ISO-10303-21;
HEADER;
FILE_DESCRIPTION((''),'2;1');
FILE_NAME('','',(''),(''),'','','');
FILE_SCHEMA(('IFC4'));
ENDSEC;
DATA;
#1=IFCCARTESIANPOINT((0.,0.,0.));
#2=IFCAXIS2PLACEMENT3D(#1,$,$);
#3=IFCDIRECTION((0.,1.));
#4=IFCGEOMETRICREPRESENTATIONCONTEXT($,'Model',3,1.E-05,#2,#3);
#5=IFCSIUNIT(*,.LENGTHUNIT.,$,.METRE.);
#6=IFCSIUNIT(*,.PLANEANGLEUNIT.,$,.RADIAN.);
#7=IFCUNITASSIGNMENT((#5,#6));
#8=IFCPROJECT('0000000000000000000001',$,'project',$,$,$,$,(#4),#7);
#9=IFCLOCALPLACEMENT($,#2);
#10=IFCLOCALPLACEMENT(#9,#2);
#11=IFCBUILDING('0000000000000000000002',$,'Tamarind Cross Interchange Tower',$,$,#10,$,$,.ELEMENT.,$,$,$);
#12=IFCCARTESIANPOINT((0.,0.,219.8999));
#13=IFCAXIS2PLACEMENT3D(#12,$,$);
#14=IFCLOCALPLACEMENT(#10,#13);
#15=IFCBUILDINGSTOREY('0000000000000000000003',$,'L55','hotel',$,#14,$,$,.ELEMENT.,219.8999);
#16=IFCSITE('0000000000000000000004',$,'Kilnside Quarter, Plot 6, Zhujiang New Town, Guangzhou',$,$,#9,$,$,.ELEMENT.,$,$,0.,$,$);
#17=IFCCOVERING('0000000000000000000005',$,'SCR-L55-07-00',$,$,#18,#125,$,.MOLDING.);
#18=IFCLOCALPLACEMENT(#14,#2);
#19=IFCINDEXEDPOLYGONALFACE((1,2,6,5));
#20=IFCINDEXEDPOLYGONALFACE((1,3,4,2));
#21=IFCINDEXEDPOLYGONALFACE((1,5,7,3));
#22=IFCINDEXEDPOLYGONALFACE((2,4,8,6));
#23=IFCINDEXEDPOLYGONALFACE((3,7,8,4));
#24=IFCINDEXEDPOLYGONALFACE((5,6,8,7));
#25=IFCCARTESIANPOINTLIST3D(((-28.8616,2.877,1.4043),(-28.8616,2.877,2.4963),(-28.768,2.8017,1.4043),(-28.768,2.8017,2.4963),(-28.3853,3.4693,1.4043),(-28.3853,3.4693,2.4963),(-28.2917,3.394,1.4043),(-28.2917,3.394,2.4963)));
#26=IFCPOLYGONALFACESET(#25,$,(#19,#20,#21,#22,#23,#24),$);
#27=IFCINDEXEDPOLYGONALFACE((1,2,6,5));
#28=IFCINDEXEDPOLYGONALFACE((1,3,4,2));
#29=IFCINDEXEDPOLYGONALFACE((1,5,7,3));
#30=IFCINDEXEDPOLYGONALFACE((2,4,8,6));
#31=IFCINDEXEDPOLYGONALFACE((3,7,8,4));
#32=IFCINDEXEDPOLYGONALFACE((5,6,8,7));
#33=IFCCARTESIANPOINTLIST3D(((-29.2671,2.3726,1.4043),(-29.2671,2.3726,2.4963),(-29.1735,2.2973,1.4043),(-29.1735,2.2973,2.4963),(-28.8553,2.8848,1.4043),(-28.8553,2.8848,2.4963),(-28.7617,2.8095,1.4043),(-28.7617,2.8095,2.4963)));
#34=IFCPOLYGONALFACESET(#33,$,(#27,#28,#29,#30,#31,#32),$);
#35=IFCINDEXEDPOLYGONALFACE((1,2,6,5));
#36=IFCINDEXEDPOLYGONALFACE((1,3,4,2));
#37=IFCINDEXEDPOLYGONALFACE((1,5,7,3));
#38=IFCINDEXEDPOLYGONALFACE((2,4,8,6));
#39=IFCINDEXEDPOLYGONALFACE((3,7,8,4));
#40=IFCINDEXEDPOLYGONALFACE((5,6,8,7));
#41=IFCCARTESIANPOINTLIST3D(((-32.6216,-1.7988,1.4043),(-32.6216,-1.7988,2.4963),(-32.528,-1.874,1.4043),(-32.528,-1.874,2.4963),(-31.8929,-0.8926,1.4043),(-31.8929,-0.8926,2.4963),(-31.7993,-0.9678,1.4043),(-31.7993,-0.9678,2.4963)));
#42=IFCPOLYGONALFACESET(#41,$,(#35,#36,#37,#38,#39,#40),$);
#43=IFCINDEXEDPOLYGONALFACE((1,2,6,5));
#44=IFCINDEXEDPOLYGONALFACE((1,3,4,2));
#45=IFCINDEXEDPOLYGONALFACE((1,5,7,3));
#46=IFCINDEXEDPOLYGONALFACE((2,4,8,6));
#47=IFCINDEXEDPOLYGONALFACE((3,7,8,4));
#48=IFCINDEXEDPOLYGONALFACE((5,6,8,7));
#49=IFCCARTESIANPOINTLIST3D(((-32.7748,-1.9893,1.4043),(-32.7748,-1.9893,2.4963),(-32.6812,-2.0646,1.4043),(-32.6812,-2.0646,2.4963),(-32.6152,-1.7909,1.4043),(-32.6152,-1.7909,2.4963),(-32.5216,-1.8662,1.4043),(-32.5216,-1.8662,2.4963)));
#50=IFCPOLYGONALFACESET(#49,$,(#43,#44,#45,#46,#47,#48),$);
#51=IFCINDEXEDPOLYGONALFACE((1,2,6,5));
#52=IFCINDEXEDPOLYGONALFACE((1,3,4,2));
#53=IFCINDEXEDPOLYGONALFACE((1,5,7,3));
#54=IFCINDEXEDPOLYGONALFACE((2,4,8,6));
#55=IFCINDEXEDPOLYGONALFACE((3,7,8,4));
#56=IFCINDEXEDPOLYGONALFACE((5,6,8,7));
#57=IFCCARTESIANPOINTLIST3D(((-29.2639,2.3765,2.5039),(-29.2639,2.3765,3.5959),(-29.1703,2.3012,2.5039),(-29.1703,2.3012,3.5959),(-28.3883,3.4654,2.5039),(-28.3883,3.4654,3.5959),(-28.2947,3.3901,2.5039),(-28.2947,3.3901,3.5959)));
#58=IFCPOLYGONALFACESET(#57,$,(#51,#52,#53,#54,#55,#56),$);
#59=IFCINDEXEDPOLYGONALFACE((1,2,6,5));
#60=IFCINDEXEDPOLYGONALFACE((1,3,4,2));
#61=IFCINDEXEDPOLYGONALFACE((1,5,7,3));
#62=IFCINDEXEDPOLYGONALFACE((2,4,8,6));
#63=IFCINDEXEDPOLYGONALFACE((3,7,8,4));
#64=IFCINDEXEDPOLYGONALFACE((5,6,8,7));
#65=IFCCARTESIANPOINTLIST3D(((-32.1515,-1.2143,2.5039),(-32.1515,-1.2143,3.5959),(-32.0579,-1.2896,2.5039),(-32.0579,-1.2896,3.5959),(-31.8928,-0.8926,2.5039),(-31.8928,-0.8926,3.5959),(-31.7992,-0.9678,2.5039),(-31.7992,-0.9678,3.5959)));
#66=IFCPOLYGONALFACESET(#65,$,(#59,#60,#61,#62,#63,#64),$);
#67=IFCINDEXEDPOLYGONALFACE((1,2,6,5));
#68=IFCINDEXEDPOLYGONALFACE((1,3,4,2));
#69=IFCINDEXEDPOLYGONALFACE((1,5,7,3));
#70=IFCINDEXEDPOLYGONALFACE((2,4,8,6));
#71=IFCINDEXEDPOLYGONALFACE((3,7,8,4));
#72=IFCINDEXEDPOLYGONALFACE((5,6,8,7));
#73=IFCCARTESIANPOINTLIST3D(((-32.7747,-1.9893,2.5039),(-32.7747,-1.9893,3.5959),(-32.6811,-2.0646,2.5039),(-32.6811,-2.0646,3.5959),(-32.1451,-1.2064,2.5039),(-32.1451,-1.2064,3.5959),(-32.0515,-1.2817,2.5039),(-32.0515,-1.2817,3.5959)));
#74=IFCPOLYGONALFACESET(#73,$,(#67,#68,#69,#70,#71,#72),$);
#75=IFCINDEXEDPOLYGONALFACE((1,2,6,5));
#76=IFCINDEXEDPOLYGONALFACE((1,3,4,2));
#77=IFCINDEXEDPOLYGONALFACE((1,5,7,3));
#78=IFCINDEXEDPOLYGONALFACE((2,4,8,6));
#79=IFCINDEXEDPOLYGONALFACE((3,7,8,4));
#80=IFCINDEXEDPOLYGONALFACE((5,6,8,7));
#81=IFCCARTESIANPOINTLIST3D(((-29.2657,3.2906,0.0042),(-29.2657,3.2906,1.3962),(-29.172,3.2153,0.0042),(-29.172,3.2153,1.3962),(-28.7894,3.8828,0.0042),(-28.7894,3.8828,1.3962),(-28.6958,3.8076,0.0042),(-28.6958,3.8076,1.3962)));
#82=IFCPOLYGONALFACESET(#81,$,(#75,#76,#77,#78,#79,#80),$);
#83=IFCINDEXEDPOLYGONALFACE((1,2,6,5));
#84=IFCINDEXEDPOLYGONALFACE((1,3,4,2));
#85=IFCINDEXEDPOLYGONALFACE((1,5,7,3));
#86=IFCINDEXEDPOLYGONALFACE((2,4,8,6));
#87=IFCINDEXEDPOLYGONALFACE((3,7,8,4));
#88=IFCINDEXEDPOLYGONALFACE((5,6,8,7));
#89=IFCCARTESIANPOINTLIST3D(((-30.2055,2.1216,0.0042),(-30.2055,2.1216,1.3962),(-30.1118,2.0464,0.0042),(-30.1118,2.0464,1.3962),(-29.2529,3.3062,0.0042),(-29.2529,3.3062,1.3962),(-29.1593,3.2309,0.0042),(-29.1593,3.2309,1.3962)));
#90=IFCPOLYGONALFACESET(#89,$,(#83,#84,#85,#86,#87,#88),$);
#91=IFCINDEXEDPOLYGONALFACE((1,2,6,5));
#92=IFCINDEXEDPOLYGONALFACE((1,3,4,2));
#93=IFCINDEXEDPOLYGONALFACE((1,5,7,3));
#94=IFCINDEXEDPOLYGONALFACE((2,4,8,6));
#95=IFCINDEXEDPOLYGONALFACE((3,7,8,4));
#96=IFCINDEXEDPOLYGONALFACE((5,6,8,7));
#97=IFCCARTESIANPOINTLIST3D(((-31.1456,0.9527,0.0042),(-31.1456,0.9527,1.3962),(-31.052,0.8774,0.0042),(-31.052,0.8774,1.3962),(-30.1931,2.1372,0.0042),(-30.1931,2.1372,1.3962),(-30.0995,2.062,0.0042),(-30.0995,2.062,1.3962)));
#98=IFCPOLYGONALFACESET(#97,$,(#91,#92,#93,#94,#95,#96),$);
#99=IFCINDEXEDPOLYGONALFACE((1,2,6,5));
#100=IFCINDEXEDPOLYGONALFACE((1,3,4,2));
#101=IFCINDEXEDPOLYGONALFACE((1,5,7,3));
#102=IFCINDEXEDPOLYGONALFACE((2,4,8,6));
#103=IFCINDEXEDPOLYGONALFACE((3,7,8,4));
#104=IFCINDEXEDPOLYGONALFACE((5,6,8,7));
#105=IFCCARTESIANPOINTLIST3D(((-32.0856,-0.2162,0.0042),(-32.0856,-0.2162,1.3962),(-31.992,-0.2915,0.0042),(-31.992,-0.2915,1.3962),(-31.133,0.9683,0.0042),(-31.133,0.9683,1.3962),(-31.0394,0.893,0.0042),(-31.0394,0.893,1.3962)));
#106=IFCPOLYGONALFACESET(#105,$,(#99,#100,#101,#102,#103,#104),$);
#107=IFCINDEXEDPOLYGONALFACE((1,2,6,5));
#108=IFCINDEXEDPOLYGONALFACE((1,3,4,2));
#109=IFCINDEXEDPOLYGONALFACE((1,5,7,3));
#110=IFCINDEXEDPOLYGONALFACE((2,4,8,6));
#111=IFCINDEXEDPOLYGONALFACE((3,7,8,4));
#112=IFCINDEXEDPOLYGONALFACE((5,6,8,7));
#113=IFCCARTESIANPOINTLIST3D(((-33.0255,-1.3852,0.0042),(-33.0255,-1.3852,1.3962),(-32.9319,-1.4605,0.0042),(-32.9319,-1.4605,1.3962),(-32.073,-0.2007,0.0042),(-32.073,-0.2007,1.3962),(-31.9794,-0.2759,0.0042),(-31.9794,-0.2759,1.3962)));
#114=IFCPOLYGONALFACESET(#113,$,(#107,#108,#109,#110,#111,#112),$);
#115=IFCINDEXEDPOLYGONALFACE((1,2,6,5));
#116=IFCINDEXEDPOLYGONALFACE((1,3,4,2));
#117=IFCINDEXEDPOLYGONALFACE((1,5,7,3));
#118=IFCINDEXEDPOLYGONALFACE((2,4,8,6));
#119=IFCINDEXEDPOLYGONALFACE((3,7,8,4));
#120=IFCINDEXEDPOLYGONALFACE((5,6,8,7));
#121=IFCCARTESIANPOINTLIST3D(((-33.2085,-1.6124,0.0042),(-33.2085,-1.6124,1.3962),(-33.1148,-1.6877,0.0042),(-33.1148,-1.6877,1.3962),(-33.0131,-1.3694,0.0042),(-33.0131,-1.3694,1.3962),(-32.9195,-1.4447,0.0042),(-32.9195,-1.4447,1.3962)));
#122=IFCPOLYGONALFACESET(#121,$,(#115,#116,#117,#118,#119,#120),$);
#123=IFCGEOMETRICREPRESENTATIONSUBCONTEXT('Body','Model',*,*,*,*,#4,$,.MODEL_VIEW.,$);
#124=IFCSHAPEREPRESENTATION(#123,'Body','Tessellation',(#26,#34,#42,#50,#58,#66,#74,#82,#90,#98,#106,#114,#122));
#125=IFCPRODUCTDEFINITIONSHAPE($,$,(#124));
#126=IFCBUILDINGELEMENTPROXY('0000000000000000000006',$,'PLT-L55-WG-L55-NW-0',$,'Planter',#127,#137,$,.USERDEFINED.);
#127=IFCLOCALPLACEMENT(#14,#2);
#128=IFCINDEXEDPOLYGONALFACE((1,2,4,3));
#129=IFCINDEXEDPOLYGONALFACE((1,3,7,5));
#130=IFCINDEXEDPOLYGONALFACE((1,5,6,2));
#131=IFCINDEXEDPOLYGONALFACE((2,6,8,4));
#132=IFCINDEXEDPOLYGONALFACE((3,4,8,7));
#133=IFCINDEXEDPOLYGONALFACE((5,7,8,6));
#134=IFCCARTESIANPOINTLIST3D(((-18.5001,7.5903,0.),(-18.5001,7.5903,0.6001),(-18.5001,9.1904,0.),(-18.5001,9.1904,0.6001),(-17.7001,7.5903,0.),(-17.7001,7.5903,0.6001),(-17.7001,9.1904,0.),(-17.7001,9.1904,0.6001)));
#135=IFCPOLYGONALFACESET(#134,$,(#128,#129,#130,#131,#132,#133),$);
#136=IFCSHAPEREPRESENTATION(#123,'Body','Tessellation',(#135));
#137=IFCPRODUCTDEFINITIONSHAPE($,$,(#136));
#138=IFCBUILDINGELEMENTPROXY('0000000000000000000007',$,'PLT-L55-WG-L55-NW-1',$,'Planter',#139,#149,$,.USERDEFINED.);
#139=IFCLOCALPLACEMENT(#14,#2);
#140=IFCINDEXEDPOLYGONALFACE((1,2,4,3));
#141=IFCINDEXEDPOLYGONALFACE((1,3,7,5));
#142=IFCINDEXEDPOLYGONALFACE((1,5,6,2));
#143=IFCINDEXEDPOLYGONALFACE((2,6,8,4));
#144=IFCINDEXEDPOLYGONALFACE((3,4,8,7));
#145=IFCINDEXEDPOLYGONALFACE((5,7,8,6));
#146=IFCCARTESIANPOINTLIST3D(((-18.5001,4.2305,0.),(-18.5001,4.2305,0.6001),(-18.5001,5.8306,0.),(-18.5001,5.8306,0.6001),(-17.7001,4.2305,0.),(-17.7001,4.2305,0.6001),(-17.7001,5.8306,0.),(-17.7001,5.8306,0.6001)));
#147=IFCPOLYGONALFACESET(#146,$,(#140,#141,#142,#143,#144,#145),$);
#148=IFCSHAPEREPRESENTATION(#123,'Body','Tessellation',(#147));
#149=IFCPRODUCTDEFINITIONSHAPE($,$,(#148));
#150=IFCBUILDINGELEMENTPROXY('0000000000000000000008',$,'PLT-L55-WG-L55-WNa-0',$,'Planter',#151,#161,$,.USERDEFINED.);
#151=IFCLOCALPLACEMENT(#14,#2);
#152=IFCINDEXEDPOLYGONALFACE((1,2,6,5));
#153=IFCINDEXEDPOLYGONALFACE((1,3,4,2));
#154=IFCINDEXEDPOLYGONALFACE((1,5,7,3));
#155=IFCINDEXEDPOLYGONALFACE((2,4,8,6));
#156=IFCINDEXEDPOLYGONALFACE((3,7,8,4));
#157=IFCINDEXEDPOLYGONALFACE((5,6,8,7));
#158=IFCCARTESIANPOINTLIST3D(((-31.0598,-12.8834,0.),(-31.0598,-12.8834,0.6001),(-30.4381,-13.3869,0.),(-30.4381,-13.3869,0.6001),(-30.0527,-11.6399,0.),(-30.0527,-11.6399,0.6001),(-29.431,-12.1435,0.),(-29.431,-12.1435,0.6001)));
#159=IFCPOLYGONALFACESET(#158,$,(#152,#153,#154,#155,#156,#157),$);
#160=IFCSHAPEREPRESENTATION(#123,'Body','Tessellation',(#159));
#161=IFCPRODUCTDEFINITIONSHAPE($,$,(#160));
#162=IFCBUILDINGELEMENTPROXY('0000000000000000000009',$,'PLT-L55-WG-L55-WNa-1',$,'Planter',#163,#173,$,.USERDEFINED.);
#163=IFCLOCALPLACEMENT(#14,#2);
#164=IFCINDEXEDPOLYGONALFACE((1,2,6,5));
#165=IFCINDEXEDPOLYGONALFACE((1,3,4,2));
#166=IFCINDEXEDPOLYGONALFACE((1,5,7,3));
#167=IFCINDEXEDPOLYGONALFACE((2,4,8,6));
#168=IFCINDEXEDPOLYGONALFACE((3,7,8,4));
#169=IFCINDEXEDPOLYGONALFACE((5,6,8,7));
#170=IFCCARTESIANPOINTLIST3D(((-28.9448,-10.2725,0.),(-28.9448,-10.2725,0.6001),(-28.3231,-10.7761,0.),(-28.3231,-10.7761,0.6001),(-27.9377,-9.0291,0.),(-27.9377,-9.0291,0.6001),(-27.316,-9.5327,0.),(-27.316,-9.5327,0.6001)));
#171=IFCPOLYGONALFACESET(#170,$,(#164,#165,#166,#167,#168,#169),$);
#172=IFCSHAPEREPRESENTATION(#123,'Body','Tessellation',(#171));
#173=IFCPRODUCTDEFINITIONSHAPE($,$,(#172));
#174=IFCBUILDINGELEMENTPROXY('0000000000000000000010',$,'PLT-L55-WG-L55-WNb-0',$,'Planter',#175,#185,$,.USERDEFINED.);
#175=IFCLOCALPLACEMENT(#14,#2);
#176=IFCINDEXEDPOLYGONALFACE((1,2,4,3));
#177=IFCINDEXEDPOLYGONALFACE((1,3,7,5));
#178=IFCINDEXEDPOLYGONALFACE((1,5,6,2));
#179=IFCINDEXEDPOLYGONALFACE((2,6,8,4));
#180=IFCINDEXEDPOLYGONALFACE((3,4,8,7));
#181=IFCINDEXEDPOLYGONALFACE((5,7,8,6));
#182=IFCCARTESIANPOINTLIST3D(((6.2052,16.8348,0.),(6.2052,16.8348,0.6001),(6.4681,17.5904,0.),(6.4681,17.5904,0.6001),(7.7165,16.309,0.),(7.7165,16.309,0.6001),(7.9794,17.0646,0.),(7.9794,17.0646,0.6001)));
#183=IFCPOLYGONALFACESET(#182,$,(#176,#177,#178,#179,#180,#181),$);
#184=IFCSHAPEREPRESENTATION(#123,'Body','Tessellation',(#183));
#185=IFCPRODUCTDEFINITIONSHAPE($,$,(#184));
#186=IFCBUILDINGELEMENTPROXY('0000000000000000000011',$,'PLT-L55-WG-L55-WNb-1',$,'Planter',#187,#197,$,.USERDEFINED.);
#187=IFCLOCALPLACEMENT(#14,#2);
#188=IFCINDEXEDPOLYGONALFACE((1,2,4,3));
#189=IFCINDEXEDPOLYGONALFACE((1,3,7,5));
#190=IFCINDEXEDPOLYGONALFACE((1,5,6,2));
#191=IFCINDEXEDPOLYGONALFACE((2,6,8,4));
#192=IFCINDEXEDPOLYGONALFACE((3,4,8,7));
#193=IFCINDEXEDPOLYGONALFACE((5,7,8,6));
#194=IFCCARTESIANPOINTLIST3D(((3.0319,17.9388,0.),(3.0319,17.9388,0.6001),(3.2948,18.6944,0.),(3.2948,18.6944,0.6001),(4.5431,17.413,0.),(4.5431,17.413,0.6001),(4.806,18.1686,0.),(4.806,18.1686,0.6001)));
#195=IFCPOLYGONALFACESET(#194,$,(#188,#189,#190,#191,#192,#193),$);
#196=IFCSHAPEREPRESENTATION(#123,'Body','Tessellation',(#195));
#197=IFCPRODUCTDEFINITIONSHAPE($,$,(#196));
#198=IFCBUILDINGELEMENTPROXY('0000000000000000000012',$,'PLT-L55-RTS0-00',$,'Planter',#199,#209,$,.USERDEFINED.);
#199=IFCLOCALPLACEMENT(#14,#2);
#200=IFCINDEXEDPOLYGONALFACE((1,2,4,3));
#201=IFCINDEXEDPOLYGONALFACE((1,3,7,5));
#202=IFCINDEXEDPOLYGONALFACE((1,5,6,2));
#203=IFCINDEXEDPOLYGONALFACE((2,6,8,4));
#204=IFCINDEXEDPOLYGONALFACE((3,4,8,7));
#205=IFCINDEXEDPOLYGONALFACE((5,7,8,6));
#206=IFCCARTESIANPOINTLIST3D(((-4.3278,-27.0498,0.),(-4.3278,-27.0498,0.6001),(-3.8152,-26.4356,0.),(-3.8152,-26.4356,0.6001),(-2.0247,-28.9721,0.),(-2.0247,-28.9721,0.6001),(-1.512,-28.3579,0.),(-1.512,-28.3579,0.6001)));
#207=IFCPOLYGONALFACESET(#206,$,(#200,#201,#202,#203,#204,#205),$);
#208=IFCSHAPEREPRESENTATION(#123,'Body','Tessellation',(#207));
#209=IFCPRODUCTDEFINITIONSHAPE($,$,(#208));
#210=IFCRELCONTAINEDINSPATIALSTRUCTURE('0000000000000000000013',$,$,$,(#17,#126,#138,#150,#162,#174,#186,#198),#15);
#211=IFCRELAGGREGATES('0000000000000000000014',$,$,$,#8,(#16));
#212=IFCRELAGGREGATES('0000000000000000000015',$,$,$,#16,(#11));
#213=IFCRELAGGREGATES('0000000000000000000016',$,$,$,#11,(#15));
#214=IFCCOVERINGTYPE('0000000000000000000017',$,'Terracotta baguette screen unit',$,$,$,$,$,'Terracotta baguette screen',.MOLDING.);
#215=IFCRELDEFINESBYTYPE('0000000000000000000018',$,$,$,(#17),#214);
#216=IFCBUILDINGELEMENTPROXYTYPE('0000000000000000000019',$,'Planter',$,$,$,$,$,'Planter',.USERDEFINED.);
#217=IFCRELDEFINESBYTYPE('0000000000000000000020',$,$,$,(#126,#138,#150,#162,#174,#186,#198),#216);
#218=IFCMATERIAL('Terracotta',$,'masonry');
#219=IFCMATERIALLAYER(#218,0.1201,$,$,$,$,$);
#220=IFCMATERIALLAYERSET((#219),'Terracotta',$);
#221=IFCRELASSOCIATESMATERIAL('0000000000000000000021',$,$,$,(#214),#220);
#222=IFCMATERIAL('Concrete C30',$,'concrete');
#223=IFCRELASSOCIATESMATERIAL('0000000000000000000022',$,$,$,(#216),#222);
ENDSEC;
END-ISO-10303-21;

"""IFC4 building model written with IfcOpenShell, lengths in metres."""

from ifc_helpers import new_model, si_unit, direction, frame, origin, origin_2d, place, context, subcontext, project, spatial, rectangle, extrude, material, layer, layer_set, type_object, element, save


model = new_model("IFC4")

# Units and contexts
model_context = context("Model", 3, precision=1e-05, world=origin(), true_north=direction((0.0, 1.0)))
body_context = subcontext(model_context, "Body", "Model", "MODEL_VIEW")
ifc_project = project(units=[si_unit("LENGTHUNIT", "METRE"), si_unit("PLANEANGLEUNIT", "RADIAN")], contexts=[model_context])

# Site, building, storey
site_placement = place(None, origin())
site = spatial("IfcSite", under=ifc_project, at=site_placement, Name="Kilnside Quarter, Plot 6, Zhujiang New Town, Guangzhou", CompositionType="ELEMENT", RefElevation=0.0)
building_placement = place(site_placement, origin())
building = spatial("IfcBuilding", under=site, at=building_placement, Name="Tamarind Cross Interchange Tower", CompositionType="ELEMENT")
storey_placement = place(building_placement, frame((0.0, 0.0, 219.8999)))
storey = spatial("IfcBuildingStorey", under=building, at=storey_placement, Name="L55", Description="hotel", CompositionType="ELEMENT", Elevation=219.8999)

# Covering
ifc_material_1 = material(Name="Terracotta", Category="masonry")
ifc_layer_1 = layer(ifc_material_1, 0.1201)
ifc_layer_set_1 = layer_set([ifc_layer_1], Name="Terracotta")
covering_type = type_object("IfcCoveringType", Name="Terracotta baguette screen unit", ElementType="Terracotta baguette screen", PredefinedType="MOLDING", material=ifc_layer_set_1)
covering_1_placement = place(storey_placement, origin())
element("IfcCovering", 1, at=covering_1_placement, inside=storey, type_object=covering_type, Name="SCR-L55-07-00", PredefinedType="MOLDING", context=body_context, shape_type="SweptSolid", body=[
    extrude(rectangle(XDim=0.76, YDim=0.1201, at=origin_2d()), frame((-28.5767, 3.1355, 1.4043), z_axis=(0.0, 0.0, 1.0), x_axis=(-0.626669, -0.779285, 0.0)), (0.0, 0.0, 1.0), 1.092),
    extrude(rectangle(XDim=0.6572, YDim=0.1201, at=origin_2d()), frame((-29.0144, 2.5911, 1.4043), z_axis=(0.0, 0.0, 1.0), x_axis=(-0.626669, -0.779285, 0.0)), (0.0, 0.0, 1.0), 1.092),
    extrude(rectangle(XDim=1.1628, YDim=0.1201, at=origin_2d()), frame((-32.2104, -1.3833, 1.4043), z_axis=(0.0, 0.0, 1.0), x_axis=(-0.626669, -0.779285, 0.0)), (0.0, 0.0, 1.0), 1.092),
    extrude(rectangle(XDim=0.2546, YDim=0.1201, at=origin_2d()), frame((-32.6482, -1.9277, 1.4043), z_axis=(0.0, 0.0, 1.0), x_axis=(-0.626669, -0.779285, 0.0)), (0.0, 0.0, 1.0), 1.092),
    extrude(rectangle(XDim=1.3972, YDim=0.1201, at=origin_2d()), frame((-28.7793, 2.8833, 2.5039), z_axis=(0.0, 0.0, 1.0), x_axis=(-0.626669, -0.779285, 0.0)), (0.0, 0.0, 1.0), 1.092),
    extrude(rectangle(XDim=0.4128, YDim=0.1201, at=origin_2d()), frame((-31.9753, -1.0911, 2.5039), z_axis=(0.0, 0.0, 1.0), x_axis=(-0.626669, -0.779285, 0.0)), (0.0, 0.0, 1.0), 1.092),
    extrude(rectangle(XDim=1.0046, YDim=0.1201, at=origin_2d()), frame((-32.4131, -1.6355, 2.5039), z_axis=(0.0, 0.0, 1.0), x_axis=(-0.626669, -0.779285, 0.0)), (0.0, 0.0, 1.0), 1.092),
    extrude(rectangle(XDim=0.76, YDim=0.1201, at=origin_2d()), frame((-28.9807, 3.5491, 0.0042), z_axis=(0.0, 0.0, 1.0), x_axis=(-0.626669, -0.779285, 0.0)), (0.0, 0.0, 1.0), 1.3921),
    extrude(rectangle(XDim=1.52, YDim=0.1201, at=origin_2d()), frame((-29.6824, 2.6763, 0.0042), z_axis=(0.0, 0.0, 1.0), x_axis=(-0.626669, -0.779285, 0.0)), (0.0, 0.0, 1.0), 1.3921),
    extrude(rectangle(XDim=1.52, YDim=0.1201, at=origin_2d()), frame((-30.6226, 1.5073, 0.0042), z_axis=(0.0, 0.0, 1.0), x_axis=(-0.626669, -0.779285, 0.0)), (0.0, 0.0, 1.0), 1.3921),
    extrude(rectangle(XDim=1.52, YDim=0.1201, at=origin_2d()), frame((-31.5625, 0.3384, 0.0042), z_axis=(0.0, 0.0, 1.0), x_axis=(-0.626669, -0.779285, 0.0)), (0.0, 0.0, 1.0), 1.3921),
    extrude(rectangle(XDim=1.52, YDim=0.1201, at=origin_2d()), frame((-32.5024, -0.8306, 0.0042), z_axis=(0.0, 0.0, 1.0), x_axis=(-0.626669, -0.779285, 0.0)), (0.0, 0.0, 1.0), 1.3921),
    extrude(rectangle(XDim=0.3118, YDim=0.1201, at=origin_2d()), frame((-33.064, -1.5286, 0.0042), z_axis=(0.0, 0.0, 1.0), x_axis=(-0.626669, -0.779285, 0.0)), (0.0, 0.0, 1.0), 1.3921),
])

# Building element proxies
ifc_material_2 = material(Name="Concrete C30", Category="concrete")
building_element_proxy_type = type_object("IfcBuildingElementProxyType", Name="Planter", ElementType="Planter", PredefinedType="USERDEFINED", material=ifc_material_2)
proxy_1_placement = place(storey_placement, origin())
element("IfcBuildingElementProxy", 2, at=proxy_1_placement, inside=storey, type_object=building_element_proxy_type, Name="PLT-L55-WG-L55-NW-0", ObjectType="Planter", PredefinedType="USERDEFINED", context=body_context, shape_type="SweptSolid", body=[
    extrude(rectangle(XDim=1.6001, YDim=0.8, at=origin_2d()), frame((-18.1001, 8.3904, 0.0), z_axis=(0.0, 0.0, 1.0), x_axis=(0.0, -1.0, 0.0)), (0.0, 0.0, 1.0), 0.6001),
])
proxy_2_placement = place(storey_placement, origin())
element("IfcBuildingElementProxy", 3, at=proxy_2_placement, inside=storey, type_object=building_element_proxy_type, Name="PLT-L55-WG-L55-NW-1", ObjectType="Planter", PredefinedType="USERDEFINED", context=body_context, shape_type="SweptSolid", body=[
    extrude(rectangle(XDim=1.6001, YDim=0.8, at=origin_2d()), frame((-18.1001, 5.0305, 0.0), z_axis=(0.0, 0.0, 1.0), x_axis=(0.0, -1.0, 0.0)), (0.0, 0.0, 1.0), 0.6001),
])
proxy_3_placement = place(storey_placement, origin())
element("IfcBuildingElementProxy", 4, at=proxy_3_placement, inside=storey, type_object=building_element_proxy_type, Name="PLT-L55-WG-L55-WNa-0", ObjectType="Planter", PredefinedType="USERDEFINED", context=body_context, shape_type="SweptSolid", body=[
    extrude(rectangle(XDim=1.6001, YDim=0.8, at=origin_2d()), frame((-30.2454, -12.5134, 0.0), z_axis=(0.0, 0.0, 1.0), x_axis=(0.629402, 0.77708, 0.0)), (0.0, 0.0, 1.0), 0.6001),
])
proxy_4_placement = place(storey_placement, origin())
element("IfcBuildingElementProxy", 5, at=proxy_4_placement, inside=storey, type_object=building_element_proxy_type, Name="PLT-L55-WG-L55-WNa-1", ObjectType="Planter", PredefinedType="USERDEFINED", context=body_context, shape_type="SweptSolid", body=[
    extrude(rectangle(XDim=1.6001, YDim=0.8, at=origin_2d()), frame((-28.1304, -9.9026, 0.0), z_axis=(0.0, 0.0, 1.0), x_axis=(0.629402, 0.77708, 0.0)), (0.0, 0.0, 1.0), 0.6001),
])
proxy_5_placement = place(storey_placement, origin())
element("IfcBuildingElementProxy", 6, at=proxy_5_placement, inside=storey, type_object=building_element_proxy_type, Name="PLT-L55-WG-L55-WNb-0", ObjectType="Planter", PredefinedType="USERDEFINED", context=body_context, shape_type="SweptSolid", body=[
    extrude(rectangle(XDim=1.6001, YDim=0.8, at=origin_2d()), frame((7.0923, 16.9497, 0.0), z_axis=(0.0, 0.0, 1.0), x_axis=(-0.944474, 0.328586, 0.0)), (0.0, 0.0, 1.0), 0.6001),
])
proxy_6_placement = place(storey_placement, origin())
element("IfcBuildingElementProxy", 7, at=proxy_6_placement, inside=storey, type_object=building_element_proxy_type, Name="PLT-L55-WG-L55-WNb-1", ObjectType="Planter", PredefinedType="USERDEFINED", context=body_context, shape_type="SweptSolid", body=[
    extrude(rectangle(XDim=1.6001, YDim=0.8, at=origin_2d()), frame((3.9189, 18.0537, 0.0), z_axis=(0.0, 0.0, 1.0), x_axis=(-0.944474, 0.328586, 0.0)), (0.0, 0.0, 1.0), 0.6001),
])
proxy_7_placement = place(storey_placement, origin())
element("IfcBuildingElementProxy", 8, at=proxy_7_placement, inside=storey, type_object=building_element_proxy_type, Name="PLT-L55-RTS0-00", ObjectType="Planter", PredefinedType="USERDEFINED", context=body_context, shape_type="SweptSolid", body=[
    extrude(rectangle(XDim=3.0, YDim=0.8, at=origin_2d()), frame((-2.9199, -27.7039, 0.0), z_axis=(0.0, 0.0, 1.0), x_axis=(0.767729, -0.640775, 0.0)), (0.0, 0.0, 1.0), 0.6001),
])

save(model, "model.ifc")
